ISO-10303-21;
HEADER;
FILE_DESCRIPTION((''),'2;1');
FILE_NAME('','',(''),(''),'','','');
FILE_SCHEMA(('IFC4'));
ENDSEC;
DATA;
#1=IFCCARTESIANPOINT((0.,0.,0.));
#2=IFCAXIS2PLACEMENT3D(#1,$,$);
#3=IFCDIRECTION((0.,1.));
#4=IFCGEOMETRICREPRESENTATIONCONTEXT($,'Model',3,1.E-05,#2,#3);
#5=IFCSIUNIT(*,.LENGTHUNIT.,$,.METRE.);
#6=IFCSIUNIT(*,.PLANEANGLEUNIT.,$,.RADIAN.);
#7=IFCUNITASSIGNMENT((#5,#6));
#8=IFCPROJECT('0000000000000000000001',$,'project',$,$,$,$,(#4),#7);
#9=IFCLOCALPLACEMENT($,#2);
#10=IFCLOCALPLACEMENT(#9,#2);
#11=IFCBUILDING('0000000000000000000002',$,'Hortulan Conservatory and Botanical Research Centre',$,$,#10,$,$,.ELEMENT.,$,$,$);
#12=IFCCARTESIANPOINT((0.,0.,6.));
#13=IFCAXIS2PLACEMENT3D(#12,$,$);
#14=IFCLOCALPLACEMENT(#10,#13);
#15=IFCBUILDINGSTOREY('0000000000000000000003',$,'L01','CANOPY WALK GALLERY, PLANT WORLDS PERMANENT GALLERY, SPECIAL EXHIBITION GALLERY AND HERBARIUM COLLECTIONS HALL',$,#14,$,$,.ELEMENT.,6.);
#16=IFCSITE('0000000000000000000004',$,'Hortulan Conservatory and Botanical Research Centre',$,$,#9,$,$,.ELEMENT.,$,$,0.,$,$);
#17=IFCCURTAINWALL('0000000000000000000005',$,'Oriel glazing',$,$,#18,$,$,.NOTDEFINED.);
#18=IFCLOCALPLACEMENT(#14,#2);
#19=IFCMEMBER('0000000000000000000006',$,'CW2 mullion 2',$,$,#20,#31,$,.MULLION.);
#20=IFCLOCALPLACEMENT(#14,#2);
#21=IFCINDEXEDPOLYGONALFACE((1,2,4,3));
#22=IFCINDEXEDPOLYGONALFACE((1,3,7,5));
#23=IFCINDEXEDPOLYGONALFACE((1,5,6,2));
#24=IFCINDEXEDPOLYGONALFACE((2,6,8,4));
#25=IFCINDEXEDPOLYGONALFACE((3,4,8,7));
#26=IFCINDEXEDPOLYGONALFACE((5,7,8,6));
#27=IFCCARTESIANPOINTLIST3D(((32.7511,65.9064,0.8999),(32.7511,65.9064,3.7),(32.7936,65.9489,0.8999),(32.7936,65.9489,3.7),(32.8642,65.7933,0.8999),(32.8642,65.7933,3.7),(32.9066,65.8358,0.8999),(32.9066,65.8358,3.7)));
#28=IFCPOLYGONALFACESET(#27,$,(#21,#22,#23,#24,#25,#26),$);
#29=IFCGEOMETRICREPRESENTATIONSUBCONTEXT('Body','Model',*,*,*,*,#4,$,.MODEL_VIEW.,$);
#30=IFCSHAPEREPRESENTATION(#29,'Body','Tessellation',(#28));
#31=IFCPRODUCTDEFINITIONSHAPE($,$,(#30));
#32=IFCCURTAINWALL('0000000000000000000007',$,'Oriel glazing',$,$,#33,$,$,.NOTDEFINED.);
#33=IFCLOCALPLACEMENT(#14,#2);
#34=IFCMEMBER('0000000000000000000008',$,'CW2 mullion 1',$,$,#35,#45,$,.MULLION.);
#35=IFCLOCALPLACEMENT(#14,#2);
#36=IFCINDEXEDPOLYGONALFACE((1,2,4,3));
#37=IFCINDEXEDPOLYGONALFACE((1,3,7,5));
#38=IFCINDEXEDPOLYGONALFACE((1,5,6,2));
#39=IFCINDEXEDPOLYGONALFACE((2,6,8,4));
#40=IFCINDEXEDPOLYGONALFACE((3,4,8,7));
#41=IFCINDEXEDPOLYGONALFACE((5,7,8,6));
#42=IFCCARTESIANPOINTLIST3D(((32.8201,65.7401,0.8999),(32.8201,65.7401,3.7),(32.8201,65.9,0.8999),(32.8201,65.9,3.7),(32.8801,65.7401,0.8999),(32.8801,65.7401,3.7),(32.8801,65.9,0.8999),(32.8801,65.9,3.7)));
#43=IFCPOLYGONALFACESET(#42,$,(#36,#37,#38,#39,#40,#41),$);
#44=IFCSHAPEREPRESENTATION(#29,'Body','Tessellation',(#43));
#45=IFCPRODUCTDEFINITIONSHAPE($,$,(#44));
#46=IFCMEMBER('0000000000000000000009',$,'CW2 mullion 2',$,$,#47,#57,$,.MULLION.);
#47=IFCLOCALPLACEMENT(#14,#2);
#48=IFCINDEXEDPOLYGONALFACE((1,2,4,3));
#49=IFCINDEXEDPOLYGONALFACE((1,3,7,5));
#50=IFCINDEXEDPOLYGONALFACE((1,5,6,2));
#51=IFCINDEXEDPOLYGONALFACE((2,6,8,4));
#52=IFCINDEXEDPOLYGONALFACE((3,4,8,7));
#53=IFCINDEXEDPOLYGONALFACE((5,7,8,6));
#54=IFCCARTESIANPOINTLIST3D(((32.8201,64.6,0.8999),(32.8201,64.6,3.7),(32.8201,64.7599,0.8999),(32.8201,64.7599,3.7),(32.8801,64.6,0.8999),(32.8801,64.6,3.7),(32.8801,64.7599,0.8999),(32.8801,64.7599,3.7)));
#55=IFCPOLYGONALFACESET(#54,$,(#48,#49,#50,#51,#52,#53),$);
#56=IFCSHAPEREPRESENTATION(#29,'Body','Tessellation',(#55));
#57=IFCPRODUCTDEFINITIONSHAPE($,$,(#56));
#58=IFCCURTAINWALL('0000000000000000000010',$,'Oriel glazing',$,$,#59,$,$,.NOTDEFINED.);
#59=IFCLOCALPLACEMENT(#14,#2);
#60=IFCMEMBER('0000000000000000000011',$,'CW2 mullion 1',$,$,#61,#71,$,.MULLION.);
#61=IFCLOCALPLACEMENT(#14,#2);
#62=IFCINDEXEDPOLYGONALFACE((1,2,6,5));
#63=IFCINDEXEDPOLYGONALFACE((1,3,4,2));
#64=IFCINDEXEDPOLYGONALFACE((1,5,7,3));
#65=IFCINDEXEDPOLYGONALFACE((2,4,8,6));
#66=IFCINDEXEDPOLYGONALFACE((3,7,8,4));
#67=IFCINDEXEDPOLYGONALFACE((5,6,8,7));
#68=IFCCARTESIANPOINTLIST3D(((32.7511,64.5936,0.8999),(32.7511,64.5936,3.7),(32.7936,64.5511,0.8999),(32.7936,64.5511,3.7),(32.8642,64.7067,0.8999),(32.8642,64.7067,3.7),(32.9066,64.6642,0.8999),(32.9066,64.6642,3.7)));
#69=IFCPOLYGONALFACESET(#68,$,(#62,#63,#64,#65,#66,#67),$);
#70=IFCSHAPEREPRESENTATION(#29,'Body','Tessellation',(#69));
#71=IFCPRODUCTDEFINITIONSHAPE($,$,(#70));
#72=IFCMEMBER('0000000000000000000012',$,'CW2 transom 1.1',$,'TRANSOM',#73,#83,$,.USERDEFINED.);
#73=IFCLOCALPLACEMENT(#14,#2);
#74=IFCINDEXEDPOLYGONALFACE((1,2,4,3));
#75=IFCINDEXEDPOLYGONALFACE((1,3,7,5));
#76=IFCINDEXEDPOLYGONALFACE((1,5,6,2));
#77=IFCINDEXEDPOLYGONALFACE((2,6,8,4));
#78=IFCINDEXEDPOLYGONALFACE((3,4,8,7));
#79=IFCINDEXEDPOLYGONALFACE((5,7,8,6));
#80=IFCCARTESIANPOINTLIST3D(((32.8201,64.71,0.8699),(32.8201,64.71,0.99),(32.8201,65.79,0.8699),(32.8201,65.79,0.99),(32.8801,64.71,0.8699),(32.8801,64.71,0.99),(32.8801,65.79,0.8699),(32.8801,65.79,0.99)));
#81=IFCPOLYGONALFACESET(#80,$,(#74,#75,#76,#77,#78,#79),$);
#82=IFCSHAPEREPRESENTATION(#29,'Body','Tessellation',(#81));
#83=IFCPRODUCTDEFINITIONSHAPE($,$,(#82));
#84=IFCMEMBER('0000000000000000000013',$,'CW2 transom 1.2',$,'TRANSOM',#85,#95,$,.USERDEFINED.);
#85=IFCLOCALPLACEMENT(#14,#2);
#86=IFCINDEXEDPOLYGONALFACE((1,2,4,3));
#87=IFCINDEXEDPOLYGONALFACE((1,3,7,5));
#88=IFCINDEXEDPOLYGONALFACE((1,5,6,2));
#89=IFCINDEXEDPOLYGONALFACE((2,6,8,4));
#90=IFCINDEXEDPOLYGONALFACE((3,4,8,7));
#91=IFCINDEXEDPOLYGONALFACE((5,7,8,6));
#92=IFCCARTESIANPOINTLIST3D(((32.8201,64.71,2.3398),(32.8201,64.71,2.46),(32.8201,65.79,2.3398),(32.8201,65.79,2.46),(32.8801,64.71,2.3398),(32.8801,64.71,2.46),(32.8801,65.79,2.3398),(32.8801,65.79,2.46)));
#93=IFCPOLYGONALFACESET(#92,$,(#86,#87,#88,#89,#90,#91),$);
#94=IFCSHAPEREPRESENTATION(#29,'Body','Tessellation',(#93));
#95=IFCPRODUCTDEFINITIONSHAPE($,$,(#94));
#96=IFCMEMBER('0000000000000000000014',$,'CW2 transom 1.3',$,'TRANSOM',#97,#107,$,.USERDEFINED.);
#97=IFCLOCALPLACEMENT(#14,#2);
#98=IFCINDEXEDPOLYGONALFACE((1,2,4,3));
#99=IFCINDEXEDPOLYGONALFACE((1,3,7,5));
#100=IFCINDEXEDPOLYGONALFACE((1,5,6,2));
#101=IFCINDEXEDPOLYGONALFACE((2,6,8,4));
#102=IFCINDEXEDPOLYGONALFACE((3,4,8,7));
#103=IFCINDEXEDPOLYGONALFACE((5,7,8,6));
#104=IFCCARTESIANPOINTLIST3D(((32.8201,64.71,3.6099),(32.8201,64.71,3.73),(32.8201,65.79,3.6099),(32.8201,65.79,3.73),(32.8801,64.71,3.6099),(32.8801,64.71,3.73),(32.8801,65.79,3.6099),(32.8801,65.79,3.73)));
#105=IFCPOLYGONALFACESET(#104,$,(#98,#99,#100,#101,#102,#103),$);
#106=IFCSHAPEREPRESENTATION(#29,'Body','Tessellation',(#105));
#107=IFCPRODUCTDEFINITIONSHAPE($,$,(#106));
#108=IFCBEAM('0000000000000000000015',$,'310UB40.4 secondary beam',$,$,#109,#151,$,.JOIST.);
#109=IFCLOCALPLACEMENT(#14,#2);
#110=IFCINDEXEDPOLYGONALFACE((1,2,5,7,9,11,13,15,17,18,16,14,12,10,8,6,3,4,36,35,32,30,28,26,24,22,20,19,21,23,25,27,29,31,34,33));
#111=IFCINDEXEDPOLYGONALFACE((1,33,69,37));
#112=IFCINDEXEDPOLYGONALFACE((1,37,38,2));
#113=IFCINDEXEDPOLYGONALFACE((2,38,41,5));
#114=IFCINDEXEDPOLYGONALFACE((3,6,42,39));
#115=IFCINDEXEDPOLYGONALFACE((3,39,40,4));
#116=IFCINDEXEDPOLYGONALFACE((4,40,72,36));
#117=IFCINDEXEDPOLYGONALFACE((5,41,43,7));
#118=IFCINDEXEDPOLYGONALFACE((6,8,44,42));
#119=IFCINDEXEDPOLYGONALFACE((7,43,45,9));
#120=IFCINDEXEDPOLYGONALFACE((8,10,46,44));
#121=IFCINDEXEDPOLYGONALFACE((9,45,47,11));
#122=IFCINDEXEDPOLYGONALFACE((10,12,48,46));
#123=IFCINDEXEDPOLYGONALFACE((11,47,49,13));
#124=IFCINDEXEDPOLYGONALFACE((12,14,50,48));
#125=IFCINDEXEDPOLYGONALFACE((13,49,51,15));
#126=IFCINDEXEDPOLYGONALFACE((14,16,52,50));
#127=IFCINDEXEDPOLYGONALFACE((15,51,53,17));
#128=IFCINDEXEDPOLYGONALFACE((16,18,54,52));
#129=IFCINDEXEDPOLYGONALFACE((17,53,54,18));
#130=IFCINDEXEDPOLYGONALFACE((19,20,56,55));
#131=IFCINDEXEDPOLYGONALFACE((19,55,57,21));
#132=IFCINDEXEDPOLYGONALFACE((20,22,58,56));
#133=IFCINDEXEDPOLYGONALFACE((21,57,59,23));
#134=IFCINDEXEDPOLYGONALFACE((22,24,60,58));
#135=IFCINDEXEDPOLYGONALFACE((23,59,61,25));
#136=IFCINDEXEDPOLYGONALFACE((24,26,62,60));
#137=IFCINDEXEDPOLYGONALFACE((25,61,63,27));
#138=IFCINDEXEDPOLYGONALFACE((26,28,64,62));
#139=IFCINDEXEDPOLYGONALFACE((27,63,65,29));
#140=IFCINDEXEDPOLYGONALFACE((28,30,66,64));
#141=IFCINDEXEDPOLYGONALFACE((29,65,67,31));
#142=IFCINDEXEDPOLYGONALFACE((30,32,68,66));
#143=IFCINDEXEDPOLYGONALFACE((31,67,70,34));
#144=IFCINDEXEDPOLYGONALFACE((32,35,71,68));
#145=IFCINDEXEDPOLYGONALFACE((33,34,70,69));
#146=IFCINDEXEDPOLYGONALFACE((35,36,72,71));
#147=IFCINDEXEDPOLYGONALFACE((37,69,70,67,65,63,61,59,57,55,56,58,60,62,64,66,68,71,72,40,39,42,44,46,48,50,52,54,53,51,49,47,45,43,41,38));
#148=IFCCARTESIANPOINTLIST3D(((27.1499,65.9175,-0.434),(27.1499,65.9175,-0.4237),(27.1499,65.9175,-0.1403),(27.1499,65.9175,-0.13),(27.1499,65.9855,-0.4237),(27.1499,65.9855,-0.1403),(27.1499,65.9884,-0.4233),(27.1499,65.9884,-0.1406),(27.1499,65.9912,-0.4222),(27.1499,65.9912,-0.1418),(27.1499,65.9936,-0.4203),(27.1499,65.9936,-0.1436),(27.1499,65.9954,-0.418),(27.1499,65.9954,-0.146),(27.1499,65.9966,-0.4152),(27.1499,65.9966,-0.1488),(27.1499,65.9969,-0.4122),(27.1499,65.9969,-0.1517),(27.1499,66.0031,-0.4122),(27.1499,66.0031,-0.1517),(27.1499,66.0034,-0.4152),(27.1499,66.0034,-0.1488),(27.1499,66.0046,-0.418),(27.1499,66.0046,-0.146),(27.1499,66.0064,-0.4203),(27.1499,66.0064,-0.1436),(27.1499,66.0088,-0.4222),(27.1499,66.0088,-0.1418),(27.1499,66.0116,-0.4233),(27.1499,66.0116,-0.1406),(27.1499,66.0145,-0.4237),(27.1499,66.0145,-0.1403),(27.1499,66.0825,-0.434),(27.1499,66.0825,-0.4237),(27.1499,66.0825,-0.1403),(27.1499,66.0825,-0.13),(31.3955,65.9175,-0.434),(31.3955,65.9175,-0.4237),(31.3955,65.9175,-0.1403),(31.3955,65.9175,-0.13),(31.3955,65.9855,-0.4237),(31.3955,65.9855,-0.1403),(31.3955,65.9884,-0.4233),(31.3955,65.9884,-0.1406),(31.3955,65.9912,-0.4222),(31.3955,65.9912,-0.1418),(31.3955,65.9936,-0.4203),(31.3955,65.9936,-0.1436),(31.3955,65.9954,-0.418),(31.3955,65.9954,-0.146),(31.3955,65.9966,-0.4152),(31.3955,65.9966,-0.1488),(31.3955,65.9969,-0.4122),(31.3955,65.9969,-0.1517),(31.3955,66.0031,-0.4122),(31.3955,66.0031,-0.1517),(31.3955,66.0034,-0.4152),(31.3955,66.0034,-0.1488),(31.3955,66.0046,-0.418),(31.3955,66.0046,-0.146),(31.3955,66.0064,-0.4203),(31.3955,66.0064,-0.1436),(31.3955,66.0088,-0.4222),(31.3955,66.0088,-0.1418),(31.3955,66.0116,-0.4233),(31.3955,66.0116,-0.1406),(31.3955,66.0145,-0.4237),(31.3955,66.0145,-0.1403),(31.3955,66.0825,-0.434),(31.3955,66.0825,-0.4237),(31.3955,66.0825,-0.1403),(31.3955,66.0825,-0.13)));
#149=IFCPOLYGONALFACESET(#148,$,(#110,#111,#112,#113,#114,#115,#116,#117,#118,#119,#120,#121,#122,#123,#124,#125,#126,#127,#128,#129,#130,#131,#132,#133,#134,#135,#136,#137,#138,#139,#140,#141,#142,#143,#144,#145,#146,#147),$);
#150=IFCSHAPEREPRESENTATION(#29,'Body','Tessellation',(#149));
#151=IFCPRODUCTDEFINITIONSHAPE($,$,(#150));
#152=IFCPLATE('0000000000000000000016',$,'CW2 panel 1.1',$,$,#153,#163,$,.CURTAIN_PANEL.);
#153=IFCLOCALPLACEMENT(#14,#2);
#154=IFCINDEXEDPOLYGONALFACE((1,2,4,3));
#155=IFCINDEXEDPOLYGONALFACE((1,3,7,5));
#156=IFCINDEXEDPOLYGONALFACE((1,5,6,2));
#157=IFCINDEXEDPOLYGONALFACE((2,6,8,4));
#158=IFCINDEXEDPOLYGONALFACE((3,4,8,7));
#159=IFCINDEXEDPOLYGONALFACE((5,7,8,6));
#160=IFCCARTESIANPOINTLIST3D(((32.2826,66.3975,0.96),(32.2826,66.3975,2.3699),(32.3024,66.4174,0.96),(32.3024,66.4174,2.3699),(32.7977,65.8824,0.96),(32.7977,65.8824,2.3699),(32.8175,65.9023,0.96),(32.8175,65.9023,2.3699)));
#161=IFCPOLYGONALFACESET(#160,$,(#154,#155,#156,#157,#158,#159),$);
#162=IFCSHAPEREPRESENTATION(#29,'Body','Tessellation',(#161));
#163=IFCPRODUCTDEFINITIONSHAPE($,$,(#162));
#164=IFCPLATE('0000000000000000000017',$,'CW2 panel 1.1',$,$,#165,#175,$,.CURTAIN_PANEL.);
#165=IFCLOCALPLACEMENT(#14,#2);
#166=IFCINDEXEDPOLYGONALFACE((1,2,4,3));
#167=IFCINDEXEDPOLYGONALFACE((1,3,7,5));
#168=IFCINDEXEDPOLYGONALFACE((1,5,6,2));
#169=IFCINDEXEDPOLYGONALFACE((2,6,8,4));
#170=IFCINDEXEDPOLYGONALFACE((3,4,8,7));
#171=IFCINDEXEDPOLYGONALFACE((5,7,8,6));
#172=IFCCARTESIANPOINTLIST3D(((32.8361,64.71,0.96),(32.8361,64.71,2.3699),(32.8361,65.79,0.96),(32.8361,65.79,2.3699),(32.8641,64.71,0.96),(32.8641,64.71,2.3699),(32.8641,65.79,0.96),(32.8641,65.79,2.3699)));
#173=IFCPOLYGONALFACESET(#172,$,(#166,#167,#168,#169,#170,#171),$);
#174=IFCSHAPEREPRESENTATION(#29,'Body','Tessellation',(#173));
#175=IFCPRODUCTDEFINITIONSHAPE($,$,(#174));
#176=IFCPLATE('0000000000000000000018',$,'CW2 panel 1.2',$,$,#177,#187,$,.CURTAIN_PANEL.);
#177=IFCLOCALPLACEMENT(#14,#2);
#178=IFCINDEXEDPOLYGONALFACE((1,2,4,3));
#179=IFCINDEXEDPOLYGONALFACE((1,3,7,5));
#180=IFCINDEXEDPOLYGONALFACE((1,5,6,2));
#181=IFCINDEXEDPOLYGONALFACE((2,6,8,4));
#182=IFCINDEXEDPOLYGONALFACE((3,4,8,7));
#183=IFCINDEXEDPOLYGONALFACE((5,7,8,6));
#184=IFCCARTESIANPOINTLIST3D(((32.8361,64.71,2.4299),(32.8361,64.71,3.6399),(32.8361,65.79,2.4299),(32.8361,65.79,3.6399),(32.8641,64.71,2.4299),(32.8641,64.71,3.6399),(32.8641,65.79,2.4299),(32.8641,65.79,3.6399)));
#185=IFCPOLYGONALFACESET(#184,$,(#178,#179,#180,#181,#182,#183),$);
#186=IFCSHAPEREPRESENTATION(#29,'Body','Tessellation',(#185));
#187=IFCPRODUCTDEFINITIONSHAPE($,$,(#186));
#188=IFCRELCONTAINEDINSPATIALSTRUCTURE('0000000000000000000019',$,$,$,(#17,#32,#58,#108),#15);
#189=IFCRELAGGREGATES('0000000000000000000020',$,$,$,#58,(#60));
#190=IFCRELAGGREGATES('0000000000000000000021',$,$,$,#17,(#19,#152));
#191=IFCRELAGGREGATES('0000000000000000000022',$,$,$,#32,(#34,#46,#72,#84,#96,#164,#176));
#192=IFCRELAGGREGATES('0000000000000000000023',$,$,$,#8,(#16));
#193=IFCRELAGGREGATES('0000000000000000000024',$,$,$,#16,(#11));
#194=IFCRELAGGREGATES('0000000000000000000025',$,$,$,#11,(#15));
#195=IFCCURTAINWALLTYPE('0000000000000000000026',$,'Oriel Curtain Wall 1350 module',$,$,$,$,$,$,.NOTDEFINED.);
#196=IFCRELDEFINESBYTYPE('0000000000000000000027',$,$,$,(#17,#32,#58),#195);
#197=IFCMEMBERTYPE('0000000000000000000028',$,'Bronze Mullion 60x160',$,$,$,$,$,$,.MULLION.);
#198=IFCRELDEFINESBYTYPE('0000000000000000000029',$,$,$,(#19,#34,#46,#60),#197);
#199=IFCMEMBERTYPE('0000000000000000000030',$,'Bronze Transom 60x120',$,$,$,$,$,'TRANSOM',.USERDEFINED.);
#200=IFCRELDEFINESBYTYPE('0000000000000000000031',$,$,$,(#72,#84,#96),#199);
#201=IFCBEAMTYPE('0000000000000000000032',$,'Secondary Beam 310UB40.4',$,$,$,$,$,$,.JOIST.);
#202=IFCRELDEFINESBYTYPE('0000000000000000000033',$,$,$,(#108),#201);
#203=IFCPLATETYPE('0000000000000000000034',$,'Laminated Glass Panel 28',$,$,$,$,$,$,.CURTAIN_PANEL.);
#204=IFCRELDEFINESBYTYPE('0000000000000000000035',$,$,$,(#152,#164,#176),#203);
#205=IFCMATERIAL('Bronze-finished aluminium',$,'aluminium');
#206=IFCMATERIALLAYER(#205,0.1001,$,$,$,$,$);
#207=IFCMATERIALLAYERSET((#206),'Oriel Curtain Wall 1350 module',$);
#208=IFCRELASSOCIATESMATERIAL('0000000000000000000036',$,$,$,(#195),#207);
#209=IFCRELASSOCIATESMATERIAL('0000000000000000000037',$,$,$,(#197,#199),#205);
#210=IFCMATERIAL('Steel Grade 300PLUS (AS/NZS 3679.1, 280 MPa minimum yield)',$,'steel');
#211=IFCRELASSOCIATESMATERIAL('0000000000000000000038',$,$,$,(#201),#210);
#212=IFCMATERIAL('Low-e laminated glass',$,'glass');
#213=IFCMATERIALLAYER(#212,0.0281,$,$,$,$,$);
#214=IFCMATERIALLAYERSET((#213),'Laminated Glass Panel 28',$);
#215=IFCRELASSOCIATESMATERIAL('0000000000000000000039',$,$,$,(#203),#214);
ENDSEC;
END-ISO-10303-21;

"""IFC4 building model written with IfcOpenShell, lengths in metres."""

from ifc_helpers import new_model, si_unit, direction, frame, origin, origin_2d, place, context, subcontext, project, spatial, rectangle, i_section, extrude, material, layer, layer_set, material_profile, profile_set, type_object, element, aggregate, save


model = new_model("IFC4")

# Units and contexts
model_context = context("Model", 3, precision=1e-05, world=origin(), true_north=direction((0.0, 1.0)))
body_context = subcontext(model_context, "Body", "Model", "MODEL_VIEW")
ifc_project = project(units=[si_unit("LENGTHUNIT", "METRE"), si_unit("PLANEANGLEUNIT", "RADIAN")], contexts=[model_context])

# Site, building, storey
site_placement = place(None, origin())
site = spatial("IfcSite", under=ifc_project, at=site_placement, Name="Hortulan Conservatory and Botanical Research Centre", CompositionType="ELEMENT", RefElevation=0.0)
building_placement = place(site_placement, origin())
building = spatial("IfcBuilding", under=site, at=building_placement, Name="Hortulan Conservatory and Botanical Research Centre", CompositionType="ELEMENT")
storey_placement = place(building_placement, frame((0.0, 0.0, 6.0)))
storey = spatial("IfcBuildingStorey", under=building, at=storey_placement, Name="L01", Description="CANOPY WALK GALLERY, PLANT WORLDS PERMANENT GALLERY, SPECIAL EXHIBITION GALLERY AND HERBARIUM COLLECTIONS HALL", CompositionType="ELEMENT", Elevation=6.0)

# Curtain wall, member
ifc_material_1 = material(Name="Bronze-finished aluminium", Category="aluminium")
ifc_layer_1 = layer(ifc_material_1, 0.1001)
ifc_layer_set_1 = layer_set([ifc_layer_1], Name="Oriel Curtain Wall 1350 module")
curtain_wall_type = type_object("IfcCurtainWallType", Name="Oriel Curtain Wall 1350 module", PredefinedType="NOTDEFINED", material=ifc_layer_set_1)
curtain_wall_1_placement = place(storey_placement, origin())
curtain_wall_1 = element("IfcCurtainWall", 1, at=curtain_wall_1_placement, inside=storey, type_object=curtain_wall_type, Name="Oriel glazing", PredefinedType="NOTDEFINED")
ifc_material_profile_1 = material_profile(ifc_material_1, rectangle(XDim=0.0601, YDim=0.1599, at=origin_2d()), Name="Bronze Mullion 60x160")
ifc_profile_set_1 = profile_set([ifc_material_profile_1], Name="Bronze-finished aluminium")
member_type_1 = type_object("IfcMemberType", Name="Bronze Mullion 60x160", PredefinedType="MULLION", material=ifc_profile_set_1)
member_1_placement = place(storey_placement, frame((32.8289, 65.8711, 0.8999), z_axis=(0.0, 0.0, 1.0), x_axis=(0.707107, 0.707107, 0.0)))
member_1 = element("IfcMember", 2, at=member_1_placement, type_object=member_type_1, Name="CW2 mullion 2", PredefinedType="MULLION", context=body_context, shape_type="SweptSolid", body=[
    extrude(rectangle(XDim=0.0601, YDim=0.1599, at=origin_2d()), origin(), (0.0, 0.0, 1.0), 2.8),
])

# Curtain wall, members
curtain_wall_2_placement = place(storey_placement, origin())
curtain_wall_2 = element("IfcCurtainWall", 3, at=curtain_wall_2_placement, inside=storey, type_object=curtain_wall_type, Name="Oriel glazing", PredefinedType="NOTDEFINED")
member_2_placement = place(storey_placement, frame((32.8501, 65.8201, 0.8999), z_axis=(0.0, 0.0, 1.0), x_axis=(1.0, 0.0, 0.0)))
member_2 = element("IfcMember", 4, at=member_2_placement, type_object=member_type_1, Name="CW2 mullion 1", PredefinedType="MULLION", context=body_context, shape_type="SweptSolid", body=[
    extrude(rectangle(XDim=0.0601, YDim=0.1599, at=origin_2d()), origin(), (0.0, 0.0, 1.0), 2.8),
])
member_3_placement = place(storey_placement, frame((32.8501, 64.6799, 0.8999), z_axis=(0.0, 0.0, 1.0), x_axis=(1.0, 0.0, 0.0)))
member_3 = element("IfcMember", 5, at=member_3_placement, type_object=member_type_1, Name="CW2 mullion 2", PredefinedType="MULLION", context=body_context, shape_type="SweptSolid", body=[
    extrude(rectangle(XDim=0.0601, YDim=0.1599, at=origin_2d()), origin(), (0.0, 0.0, 1.0), 2.8),
])

# Curtain wall, member
curtain_wall_3_placement = place(storey_placement, origin())
curtain_wall_3 = element("IfcCurtainWall", 6, at=curtain_wall_3_placement, inside=storey, type_object=curtain_wall_type, Name="Oriel glazing", PredefinedType="NOTDEFINED")
member_4_placement = place(storey_placement, frame((32.8289, 64.6289, 0.8999), z_axis=(0.0, 0.0, 1.0), x_axis=(0.707107, -0.707107, 0.0)))
member_4 = element("IfcMember", 7, at=member_4_placement, type_object=member_type_1, Name="CW2 mullion 1", PredefinedType="MULLION", context=body_context, shape_type="SweptSolid", body=[
    extrude(rectangle(XDim=0.0601, YDim=0.1599, at=origin_2d()), origin(), (0.0, 0.0, 1.0), 2.8),
])
aggregate(curtain_wall_3, [member_4])

# Members
ifc_material_profile_2 = material_profile(ifc_material_1, rectangle(XDim=0.0601, YDim=0.1201, at=origin_2d()), Name="Bronze Transom 60x120")
ifc_profile_set_2 = profile_set([ifc_material_profile_2], Name="Bronze-finished aluminium")
member_type_2 = type_object("IfcMemberType", Name="Bronze Transom 60x120", ElementType="TRANSOM", PredefinedType="USERDEFINED", material=ifc_profile_set_2)
member_5_placement = place(storey_placement, frame((32.8501, 65.79, 0.9299), z_axis=(0.0, -1.0, 0.0), x_axis=(1.0, 0.0, 0.0)))
member_5 = element("IfcMember", 8, at=member_5_placement, type_object=member_type_2, Name="CW2 transom 1.1", ObjectType="TRANSOM", PredefinedType="USERDEFINED", context=body_context, shape_type="SweptSolid", body=[
    extrude(rectangle(XDim=0.0601, YDim=0.1201, at=origin_2d()), origin(), (0.0, 0.0, 1.0), 1.0801),
])
member_6_placement = place(storey_placement, frame((32.8501, 65.79, 2.3999), z_axis=(0.0, -1.0, 0.0), x_axis=(1.0, 0.0, 0.0)))
member_6 = element("IfcMember", 9, at=member_6_placement, type_object=member_type_2, Name="CW2 transom 1.2", ObjectType="TRANSOM", PredefinedType="USERDEFINED", context=body_context, shape_type="SweptSolid", body=[
    extrude(rectangle(XDim=0.0601, YDim=0.1201, at=origin_2d()), origin(), (0.0, 0.0, 1.0), 1.0801),
])
member_7_placement = place(storey_placement, frame((32.8501, 65.79, 3.6699), z_axis=(0.0, -1.0, 0.0), x_axis=(1.0, 0.0, 0.0)))
member_7 = element("IfcMember", 10, at=member_7_placement, type_object=member_type_2, Name="CW2 transom 1.3", ObjectType="TRANSOM", PredefinedType="USERDEFINED", context=body_context, shape_type="SweptSolid", body=[
    extrude(rectangle(XDim=0.0601, YDim=0.1201, at=origin_2d()), origin(), (0.0, 0.0, 1.0), 1.0801),
])

# Beam
ifc_material_2 = material(Name="Steel Grade 300PLUS (AS/NZS 3679.1, 280 MPa minimum yield)", Category="steel")
ifc_material_profile_3 = material_profile(ifc_material_2, i_section(OverallWidth=0.165, OverallDepth=0.304, WebThickness=0.0061, FlangeThickness=0.0103, FilletRadius=0.0115, at=origin_2d()), Name="310UB40.4")
ifc_profile_set_3 = profile_set([ifc_material_profile_3], Name="Steel Grade 300PLUS (AS/NZS 3679.1, 280 MPa minimum yield)")
beam_type = type_object("IfcBeamType", Name="Secondary Beam 310UB40.4", PredefinedType="JOIST", material=ifc_profile_set_3)
beam_placement = place(storey_placement, frame((27.1499, 66.0, -0.282), z_axis=(1.0, 0.0, 0.0), x_axis=(0.0, 1.0, 0.0)))
element("IfcBeam", 11, at=beam_placement, inside=storey, type_object=beam_type, Name="310UB40.4 secondary beam", PredefinedType="JOIST", context=body_context, shape_type="SweptSolid", body=[
    extrude(i_section(OverallWidth=0.165, OverallDepth=0.304, WebThickness=0.0061, FlangeThickness=0.0103, FilletRadius=0.0115, at=origin_2d()), origin(), (0.0, 0.0, 1.0), 4.2456),
])

# Plates
ifc_material_3 = material(Name="Low-e laminated glass", Category="glass")
ifc_layer_2 = layer(ifc_material_3, 0.0281)
ifc_layer_set_2 = layer_set([ifc_layer_2], Name="Laminated Glass Panel 28")
plate_type = type_object("IfcPlateType", Name="Laminated Glass Panel 28", PredefinedType="CURTAIN_PANEL", material=ifc_layer_set_2)
plate_1_placement = place(storey_placement, frame((32.55, 66.1499, 0.96), z_axis=(0.0, 0.0, 1.0), x_axis=(0.707107, -0.707107, 0.0)))
plate_1 = element("IfcPlate", 12, at=plate_1_placement, type_object=plate_type, Name="CW2 panel 1.1", PredefinedType="CURTAIN_PANEL", context=body_context, shape_type="SweptSolid", body=[
    extrude(rectangle(XDim=0.7285, YDim=0.0281, at=origin_2d()), origin(), (0.0, 0.0, 1.0), 1.4099),
])
aggregate(curtain_wall_1, [member_1, plate_1])
plate_2_placement = place(storey_placement, frame((32.8501, 65.25, 0.96), z_axis=(0.0, 0.0, 1.0), x_axis=(0.0, -1.0, 0.0)))
plate_2 = element("IfcPlate", 13, at=plate_2_placement, type_object=plate_type, Name="CW2 panel 1.1", PredefinedType="CURTAIN_PANEL", context=body_context, shape_type="SweptSolid", body=[
    extrude(rectangle(XDim=1.0801, YDim=0.0281, at=origin_2d()), origin(), (0.0, 0.0, 1.0), 1.4099),
])
plate_3_placement = place(storey_placement, frame((32.8501, 65.25, 2.4299), z_axis=(0.0, 0.0, 1.0), x_axis=(0.0, -1.0, 0.0)))
plate_3 = element("IfcPlate", 14, at=plate_3_placement, type_object=plate_type, Name="CW2 panel 1.2", PredefinedType="CURTAIN_PANEL", context=body_context, shape_type="SweptSolid", body=[
    extrude(rectangle(XDim=1.0801, YDim=0.0281, at=origin_2d()), origin(), (0.0, 0.0, 1.0), 1.21),
])
aggregate(curtain_wall_2, [member_2, member_3, member_5, member_6, member_7, plate_2, plate_3])

save(model, "model.ifc")
